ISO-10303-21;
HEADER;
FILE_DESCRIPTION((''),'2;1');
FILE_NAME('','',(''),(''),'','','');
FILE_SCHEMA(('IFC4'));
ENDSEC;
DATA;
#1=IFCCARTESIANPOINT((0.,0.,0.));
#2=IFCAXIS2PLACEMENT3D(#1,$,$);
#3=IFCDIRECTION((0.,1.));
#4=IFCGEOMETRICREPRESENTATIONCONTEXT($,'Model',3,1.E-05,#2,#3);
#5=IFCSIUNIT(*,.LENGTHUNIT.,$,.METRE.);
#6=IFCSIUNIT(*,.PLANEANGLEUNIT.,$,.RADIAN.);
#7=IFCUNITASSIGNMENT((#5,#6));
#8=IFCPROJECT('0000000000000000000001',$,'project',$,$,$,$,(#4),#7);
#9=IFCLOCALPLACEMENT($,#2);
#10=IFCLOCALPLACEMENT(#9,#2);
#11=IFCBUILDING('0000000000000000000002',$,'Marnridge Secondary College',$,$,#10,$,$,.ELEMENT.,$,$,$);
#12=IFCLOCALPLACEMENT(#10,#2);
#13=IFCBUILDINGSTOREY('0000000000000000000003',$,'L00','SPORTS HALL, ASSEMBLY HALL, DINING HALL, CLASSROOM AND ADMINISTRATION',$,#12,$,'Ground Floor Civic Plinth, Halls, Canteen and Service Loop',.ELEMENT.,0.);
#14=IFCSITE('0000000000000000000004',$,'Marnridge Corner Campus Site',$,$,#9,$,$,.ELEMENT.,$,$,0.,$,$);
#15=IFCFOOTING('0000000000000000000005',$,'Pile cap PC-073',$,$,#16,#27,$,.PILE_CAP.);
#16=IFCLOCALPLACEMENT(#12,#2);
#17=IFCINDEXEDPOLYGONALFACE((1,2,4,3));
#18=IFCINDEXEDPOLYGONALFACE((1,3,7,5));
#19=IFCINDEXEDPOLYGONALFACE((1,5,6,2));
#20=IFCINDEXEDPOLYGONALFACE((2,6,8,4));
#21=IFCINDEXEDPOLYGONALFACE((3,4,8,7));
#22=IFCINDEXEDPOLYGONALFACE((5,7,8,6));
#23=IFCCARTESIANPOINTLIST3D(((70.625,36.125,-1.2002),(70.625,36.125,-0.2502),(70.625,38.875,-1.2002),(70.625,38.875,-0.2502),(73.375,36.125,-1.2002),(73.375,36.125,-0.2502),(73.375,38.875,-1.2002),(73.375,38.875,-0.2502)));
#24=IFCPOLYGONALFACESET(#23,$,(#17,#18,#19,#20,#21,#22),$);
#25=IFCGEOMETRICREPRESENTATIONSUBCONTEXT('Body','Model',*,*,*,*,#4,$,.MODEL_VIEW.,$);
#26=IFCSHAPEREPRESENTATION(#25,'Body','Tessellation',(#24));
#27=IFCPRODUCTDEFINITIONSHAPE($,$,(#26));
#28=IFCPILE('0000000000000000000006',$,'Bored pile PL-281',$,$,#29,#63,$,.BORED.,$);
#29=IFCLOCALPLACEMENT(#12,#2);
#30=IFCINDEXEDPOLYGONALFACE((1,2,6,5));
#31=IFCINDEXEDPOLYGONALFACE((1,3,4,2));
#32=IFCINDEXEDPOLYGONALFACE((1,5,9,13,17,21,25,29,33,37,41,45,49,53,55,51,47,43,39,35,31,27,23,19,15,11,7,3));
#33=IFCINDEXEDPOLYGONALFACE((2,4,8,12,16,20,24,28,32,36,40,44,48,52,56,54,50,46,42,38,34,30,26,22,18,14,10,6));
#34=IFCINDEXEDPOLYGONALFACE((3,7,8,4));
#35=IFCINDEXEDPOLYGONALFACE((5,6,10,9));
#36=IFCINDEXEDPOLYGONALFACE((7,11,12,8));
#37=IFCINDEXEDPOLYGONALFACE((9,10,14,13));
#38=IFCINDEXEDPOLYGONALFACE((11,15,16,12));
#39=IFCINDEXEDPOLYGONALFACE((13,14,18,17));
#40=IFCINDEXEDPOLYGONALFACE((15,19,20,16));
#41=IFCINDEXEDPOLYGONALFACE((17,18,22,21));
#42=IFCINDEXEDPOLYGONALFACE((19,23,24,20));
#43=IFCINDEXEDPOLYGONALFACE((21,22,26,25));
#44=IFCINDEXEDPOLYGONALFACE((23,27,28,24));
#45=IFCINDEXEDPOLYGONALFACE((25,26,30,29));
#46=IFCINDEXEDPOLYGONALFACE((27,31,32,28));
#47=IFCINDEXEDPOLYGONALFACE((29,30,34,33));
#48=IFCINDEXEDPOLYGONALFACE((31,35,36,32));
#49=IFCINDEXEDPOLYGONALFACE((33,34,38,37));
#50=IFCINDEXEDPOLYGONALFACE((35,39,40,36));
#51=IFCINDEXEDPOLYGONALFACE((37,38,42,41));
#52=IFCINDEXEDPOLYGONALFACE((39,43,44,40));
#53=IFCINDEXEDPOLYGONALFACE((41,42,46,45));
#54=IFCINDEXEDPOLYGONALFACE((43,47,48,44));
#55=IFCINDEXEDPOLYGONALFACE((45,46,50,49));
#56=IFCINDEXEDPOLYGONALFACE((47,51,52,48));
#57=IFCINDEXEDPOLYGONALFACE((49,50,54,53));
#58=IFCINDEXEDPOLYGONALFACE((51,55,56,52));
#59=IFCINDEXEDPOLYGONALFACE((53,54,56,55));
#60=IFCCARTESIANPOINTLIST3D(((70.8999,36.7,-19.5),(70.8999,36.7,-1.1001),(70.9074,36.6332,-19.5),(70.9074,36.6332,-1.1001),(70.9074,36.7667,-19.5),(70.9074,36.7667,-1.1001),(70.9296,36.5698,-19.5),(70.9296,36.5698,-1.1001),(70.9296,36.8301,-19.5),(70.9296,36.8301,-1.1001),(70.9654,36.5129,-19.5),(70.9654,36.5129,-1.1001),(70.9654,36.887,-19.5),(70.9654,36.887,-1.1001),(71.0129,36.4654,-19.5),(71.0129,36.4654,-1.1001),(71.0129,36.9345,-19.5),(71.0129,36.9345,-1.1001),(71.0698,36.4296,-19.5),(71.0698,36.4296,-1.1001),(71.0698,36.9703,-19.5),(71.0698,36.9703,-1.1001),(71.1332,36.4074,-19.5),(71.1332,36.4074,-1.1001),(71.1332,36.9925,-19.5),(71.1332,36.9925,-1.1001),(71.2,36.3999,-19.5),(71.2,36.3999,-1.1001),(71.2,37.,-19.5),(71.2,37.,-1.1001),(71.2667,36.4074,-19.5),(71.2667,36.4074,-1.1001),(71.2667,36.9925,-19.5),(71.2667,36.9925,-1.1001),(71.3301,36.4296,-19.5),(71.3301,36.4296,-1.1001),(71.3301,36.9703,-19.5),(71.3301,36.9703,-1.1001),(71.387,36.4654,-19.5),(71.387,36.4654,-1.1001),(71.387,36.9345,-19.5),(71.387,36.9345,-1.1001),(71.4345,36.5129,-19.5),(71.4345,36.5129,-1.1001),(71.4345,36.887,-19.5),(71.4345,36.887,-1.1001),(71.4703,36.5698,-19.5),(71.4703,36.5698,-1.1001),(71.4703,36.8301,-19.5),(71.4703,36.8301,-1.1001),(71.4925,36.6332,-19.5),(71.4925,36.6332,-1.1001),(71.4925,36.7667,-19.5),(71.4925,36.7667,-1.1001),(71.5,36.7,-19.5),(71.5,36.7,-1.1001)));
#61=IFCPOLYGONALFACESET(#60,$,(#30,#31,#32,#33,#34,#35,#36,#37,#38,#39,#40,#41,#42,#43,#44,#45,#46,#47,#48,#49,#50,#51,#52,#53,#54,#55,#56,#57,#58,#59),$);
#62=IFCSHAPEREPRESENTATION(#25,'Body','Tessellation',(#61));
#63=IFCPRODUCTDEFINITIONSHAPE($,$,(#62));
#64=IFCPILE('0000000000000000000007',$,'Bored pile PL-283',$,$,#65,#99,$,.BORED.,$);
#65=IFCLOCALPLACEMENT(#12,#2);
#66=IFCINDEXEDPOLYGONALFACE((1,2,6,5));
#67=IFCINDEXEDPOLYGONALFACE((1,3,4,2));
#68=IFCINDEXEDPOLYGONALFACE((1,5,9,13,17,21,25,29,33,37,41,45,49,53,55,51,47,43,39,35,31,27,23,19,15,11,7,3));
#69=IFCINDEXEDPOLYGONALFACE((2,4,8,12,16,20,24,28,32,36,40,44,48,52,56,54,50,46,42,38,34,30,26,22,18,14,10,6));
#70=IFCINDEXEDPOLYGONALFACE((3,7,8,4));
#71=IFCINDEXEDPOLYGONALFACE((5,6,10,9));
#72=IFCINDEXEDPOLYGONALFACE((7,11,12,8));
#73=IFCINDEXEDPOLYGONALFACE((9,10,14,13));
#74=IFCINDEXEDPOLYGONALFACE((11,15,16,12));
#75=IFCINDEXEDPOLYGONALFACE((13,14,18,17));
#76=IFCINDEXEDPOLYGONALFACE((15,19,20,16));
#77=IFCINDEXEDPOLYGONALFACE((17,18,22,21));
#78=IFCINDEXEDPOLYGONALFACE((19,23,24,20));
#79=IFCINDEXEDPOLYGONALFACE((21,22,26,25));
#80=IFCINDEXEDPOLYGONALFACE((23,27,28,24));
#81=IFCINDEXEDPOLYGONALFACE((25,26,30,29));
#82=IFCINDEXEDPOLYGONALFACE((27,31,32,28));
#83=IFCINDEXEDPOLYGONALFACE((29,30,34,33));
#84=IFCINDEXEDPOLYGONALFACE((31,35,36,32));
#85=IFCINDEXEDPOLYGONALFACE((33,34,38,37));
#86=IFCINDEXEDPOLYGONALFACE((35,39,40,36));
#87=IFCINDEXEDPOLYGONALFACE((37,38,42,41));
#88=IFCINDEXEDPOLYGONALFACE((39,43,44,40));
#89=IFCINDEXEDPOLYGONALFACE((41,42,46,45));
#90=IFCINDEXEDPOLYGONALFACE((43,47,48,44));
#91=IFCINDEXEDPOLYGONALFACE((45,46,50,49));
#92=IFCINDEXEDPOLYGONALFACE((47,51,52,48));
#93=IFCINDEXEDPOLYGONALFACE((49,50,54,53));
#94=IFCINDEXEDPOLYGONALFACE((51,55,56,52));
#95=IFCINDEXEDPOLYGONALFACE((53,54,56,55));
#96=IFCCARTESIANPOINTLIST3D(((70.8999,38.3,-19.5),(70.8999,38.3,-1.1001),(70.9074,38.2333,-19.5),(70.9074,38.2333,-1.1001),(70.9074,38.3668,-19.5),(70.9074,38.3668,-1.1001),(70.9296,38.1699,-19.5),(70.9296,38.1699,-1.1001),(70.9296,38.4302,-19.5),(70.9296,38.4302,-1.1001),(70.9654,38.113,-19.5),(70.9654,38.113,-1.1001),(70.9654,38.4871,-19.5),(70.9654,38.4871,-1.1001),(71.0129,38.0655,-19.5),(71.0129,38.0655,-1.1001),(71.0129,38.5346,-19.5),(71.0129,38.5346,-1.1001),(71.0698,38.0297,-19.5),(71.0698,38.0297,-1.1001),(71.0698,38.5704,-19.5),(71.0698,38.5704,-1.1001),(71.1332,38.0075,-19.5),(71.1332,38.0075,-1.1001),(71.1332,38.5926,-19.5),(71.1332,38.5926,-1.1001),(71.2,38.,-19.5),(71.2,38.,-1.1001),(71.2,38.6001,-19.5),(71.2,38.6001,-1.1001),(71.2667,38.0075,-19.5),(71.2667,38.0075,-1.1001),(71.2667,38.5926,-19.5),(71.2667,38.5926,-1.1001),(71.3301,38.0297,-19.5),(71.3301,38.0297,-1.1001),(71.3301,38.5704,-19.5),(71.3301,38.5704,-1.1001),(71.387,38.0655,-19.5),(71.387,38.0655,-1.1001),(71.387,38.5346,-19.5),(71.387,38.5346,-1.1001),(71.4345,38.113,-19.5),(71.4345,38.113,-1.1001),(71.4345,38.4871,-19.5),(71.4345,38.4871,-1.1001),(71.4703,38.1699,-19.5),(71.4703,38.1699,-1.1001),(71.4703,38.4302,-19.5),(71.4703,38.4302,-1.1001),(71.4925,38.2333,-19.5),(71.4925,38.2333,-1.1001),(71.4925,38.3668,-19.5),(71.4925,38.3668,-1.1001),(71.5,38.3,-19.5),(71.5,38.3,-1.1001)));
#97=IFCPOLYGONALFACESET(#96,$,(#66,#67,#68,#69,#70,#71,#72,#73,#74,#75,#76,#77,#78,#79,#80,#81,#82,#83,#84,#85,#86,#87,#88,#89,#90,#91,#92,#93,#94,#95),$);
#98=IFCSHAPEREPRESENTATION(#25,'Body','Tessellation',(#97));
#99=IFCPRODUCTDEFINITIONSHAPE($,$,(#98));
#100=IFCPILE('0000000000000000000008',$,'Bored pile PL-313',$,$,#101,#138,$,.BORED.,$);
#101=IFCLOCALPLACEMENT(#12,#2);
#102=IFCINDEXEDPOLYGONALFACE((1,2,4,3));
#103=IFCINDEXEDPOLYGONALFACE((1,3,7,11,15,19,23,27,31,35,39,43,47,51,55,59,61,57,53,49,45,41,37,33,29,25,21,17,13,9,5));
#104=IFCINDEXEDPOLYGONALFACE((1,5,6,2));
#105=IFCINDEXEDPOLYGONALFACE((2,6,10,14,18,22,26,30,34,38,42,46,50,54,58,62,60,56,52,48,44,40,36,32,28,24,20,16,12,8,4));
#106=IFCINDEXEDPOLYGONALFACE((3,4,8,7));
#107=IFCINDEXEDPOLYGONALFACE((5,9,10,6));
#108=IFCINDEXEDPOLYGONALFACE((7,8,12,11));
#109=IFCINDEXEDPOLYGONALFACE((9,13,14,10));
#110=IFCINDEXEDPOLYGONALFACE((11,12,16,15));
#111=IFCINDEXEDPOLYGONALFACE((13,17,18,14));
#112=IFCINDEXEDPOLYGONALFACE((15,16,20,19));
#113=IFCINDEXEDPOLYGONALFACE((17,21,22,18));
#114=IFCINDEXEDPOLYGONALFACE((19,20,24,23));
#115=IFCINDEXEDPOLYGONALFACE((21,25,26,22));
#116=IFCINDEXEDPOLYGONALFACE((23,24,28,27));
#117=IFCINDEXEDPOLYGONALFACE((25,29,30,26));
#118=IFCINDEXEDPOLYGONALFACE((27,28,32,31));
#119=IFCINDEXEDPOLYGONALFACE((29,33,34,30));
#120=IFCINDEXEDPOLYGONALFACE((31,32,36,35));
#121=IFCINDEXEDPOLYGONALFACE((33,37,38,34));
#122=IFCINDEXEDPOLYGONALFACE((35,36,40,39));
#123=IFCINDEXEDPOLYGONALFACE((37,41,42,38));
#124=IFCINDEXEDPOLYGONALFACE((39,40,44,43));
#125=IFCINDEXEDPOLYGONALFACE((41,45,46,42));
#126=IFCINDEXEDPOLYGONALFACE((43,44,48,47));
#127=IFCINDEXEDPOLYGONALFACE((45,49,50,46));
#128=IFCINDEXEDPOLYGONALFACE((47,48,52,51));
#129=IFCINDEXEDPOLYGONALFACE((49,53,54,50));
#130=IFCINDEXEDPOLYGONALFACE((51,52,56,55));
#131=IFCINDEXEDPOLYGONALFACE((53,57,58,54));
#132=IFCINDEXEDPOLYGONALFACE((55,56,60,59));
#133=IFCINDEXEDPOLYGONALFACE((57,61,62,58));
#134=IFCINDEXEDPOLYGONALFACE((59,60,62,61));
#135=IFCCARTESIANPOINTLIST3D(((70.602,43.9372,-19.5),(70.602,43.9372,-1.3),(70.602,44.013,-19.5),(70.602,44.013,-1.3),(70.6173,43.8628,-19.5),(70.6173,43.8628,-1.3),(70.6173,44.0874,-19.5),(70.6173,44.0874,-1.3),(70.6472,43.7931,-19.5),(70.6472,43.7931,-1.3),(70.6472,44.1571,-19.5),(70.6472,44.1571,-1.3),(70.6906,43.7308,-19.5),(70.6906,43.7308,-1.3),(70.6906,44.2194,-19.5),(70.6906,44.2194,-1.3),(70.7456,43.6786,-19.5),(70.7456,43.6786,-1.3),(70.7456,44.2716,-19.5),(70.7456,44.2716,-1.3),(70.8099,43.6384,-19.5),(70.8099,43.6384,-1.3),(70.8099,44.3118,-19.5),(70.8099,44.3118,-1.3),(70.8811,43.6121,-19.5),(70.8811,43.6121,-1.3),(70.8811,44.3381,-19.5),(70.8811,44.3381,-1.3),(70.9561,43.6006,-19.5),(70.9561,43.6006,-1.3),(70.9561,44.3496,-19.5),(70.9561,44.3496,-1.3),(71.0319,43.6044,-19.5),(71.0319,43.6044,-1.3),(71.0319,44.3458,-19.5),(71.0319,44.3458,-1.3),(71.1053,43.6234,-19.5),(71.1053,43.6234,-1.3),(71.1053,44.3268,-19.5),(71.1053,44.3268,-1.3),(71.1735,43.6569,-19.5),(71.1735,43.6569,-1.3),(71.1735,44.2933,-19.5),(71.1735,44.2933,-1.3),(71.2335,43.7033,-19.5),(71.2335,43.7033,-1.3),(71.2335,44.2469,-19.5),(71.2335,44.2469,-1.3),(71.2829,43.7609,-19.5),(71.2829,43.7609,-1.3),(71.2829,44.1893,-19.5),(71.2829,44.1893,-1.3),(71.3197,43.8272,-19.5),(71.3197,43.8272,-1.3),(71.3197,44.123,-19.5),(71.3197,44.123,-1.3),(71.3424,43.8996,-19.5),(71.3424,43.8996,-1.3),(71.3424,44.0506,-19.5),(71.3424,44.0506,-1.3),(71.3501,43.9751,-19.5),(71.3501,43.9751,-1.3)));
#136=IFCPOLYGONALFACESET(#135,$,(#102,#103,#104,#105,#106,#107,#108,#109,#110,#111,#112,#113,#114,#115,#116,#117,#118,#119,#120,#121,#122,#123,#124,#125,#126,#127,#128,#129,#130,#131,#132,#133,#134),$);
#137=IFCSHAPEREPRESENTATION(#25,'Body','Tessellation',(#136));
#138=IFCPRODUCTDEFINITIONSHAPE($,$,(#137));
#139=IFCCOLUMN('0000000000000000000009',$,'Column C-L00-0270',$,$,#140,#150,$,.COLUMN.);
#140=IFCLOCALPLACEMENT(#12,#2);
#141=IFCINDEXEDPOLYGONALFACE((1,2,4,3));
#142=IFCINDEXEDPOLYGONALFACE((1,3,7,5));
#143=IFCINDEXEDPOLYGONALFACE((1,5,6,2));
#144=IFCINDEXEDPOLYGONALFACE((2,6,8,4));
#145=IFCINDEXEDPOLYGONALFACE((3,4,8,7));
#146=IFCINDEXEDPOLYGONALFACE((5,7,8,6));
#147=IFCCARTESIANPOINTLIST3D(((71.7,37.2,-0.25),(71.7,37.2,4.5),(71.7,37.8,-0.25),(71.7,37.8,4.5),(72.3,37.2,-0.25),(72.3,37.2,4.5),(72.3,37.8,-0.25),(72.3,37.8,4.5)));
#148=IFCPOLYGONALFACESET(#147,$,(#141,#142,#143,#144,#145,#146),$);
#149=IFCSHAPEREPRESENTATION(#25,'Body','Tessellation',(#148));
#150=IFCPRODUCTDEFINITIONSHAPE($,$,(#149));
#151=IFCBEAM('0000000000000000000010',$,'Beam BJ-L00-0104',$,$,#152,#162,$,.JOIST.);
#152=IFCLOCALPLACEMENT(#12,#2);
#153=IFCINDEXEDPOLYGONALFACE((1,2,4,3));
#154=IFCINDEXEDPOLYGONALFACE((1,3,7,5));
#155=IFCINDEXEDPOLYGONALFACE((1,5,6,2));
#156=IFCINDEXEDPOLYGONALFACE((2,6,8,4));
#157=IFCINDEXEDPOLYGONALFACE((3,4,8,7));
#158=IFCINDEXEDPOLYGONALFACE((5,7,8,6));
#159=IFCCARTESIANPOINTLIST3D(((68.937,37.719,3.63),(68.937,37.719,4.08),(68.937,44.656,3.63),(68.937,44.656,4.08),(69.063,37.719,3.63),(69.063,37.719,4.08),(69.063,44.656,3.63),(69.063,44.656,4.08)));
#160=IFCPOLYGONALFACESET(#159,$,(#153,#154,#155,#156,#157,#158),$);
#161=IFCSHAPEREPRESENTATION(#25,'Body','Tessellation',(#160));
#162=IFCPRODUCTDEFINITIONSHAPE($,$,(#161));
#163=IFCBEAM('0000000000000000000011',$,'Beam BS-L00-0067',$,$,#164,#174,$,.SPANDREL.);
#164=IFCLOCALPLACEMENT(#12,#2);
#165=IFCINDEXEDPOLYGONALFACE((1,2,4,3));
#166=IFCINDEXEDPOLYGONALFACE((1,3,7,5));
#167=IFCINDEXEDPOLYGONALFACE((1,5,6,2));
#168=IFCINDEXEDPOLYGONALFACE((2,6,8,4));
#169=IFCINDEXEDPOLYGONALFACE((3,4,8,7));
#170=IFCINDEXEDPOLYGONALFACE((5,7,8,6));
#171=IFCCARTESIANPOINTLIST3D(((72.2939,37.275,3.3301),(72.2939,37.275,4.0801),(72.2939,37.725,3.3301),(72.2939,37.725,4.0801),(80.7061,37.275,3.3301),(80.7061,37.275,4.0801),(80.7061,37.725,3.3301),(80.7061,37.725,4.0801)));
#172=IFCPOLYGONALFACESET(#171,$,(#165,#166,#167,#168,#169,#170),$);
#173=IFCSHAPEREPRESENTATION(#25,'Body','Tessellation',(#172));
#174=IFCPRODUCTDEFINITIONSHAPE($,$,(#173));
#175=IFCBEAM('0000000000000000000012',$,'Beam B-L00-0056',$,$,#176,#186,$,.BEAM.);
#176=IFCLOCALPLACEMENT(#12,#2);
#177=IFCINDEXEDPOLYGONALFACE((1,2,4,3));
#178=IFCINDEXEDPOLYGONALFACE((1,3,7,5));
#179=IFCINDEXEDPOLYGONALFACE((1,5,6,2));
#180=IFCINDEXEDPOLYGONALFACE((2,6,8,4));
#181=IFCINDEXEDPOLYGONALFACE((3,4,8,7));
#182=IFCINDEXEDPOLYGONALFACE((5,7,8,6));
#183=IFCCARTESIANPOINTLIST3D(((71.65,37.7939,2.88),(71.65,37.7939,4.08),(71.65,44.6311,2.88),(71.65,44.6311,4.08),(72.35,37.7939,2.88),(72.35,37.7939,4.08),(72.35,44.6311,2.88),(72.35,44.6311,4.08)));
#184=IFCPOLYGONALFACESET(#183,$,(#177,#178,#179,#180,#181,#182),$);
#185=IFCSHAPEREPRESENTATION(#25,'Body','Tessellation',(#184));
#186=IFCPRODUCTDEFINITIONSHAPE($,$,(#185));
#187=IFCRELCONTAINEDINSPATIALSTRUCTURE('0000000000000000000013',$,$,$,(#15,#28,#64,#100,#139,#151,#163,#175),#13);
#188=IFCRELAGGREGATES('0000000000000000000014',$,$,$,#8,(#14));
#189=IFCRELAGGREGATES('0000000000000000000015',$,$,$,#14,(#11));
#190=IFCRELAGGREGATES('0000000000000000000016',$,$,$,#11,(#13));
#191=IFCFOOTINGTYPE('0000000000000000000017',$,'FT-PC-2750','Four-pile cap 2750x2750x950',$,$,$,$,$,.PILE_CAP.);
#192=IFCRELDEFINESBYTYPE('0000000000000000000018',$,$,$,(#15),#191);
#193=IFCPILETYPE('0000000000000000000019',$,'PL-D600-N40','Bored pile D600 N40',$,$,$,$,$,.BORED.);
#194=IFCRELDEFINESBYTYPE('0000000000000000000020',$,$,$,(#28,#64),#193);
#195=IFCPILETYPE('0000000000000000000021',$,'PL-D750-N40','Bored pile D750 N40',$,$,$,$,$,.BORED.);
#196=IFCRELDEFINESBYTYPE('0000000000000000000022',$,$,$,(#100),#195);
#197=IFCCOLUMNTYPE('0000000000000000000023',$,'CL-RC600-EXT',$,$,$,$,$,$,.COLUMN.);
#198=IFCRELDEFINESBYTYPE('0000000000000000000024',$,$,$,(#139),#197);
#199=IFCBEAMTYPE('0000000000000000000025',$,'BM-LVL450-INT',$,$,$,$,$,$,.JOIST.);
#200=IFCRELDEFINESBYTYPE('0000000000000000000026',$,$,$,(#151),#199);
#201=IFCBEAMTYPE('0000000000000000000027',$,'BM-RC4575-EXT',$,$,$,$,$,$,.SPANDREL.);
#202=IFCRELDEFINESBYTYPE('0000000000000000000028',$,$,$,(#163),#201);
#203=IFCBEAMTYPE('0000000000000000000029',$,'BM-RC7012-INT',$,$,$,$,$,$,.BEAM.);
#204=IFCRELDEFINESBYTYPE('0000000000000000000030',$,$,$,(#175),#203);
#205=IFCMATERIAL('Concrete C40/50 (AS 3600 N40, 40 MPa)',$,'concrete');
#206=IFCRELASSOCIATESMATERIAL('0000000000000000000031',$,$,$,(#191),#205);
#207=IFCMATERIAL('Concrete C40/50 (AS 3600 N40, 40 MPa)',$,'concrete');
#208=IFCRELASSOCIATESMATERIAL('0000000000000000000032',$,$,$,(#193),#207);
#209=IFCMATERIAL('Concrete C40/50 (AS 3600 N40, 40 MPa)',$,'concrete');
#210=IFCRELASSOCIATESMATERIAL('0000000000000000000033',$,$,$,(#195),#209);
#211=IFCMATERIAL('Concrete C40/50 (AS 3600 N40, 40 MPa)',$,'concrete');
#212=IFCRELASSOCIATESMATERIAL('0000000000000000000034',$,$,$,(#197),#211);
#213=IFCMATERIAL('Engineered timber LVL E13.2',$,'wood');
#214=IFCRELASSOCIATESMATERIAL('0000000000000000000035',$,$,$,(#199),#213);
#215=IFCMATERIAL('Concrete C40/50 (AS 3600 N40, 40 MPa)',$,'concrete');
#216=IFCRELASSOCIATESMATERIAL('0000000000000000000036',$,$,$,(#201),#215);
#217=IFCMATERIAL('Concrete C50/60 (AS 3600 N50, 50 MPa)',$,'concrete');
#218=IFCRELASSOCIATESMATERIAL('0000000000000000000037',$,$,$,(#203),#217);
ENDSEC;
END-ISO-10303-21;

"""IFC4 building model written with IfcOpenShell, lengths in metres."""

from ifc_helpers import new_model, si_unit, direction, frame, origin, origin_2d, place, context, subcontext, project, spatial, rectangle, circle, extrude, material, material_profile, profile_set, type_object, element, save


model = new_model("IFC4")

# Units and contexts
model_context = context("Model", 3, precision=1e-05, world=origin(), true_north=direction((0.0, 1.0)))
body_context = subcontext(model_context, "Body", "Model", "MODEL_VIEW")
ifc_project = project(units=[si_unit("LENGTHUNIT", "METRE"), si_unit("PLANEANGLEUNIT", "RADIAN")], contexts=[model_context])

# Site, building, storey
site_placement = place(None, origin())
site = spatial("IfcSite", under=ifc_project, at=site_placement, Name="Marnridge Corner Campus Site", CompositionType="ELEMENT", RefElevation=0.0)
building_placement = place(site_placement, origin())
building = spatial("IfcBuilding", under=site, at=building_placement, Name="Marnridge Secondary College", CompositionType="ELEMENT")
storey_placement = place(building_placement, origin())
storey = spatial("IfcBuildingStorey", under=building, at=storey_placement, Name="L00", Description="SPORTS HALL, ASSEMBLY HALL, DINING HALL, CLASSROOM AND ADMINISTRATION", LongName="Ground Floor Civic Plinth, Halls, Canteen and Service Loop", CompositionType="ELEMENT", Elevation=0.0)

# Footing
ifc_material_1 = material(Name="Concrete C40/50 (AS 3600 N40, 40 MPa)", Category="concrete")
footing_type = type_object("IfcFootingType", Name="FT-PC-2750", Description="Four-pile cap 2750x2750x950", PredefinedType="PILE_CAP", material=ifc_material_1)
footing_placement = place(storey_placement, frame((72.0, 37.5, -1.2002), z_axis=(0.0, 0.0, 1.0), x_axis=(1.0, 0.0, 0.0)))
element("IfcFooting", 1, at=footing_placement, inside=storey, type_object=footing_type, Name="Pile cap PC-073", PredefinedType="PILE_CAP", context=body_context, shape_type="SweptSolid", body=[
    extrude(rectangle(XDim=2.75, YDim=2.75, at=origin_2d()), origin(), (0.0, 0.0, 1.0), 0.95),
])

# Piles
ifc_material_2 = material(Name="Concrete C40/50 (AS 3600 N40, 40 MPa)", Category="concrete")
ifc_material_profile_1 = material_profile(ifc_material_2, circle(Radius=0.3, at=origin_2d()), Name="PILE D600")
ifc_profile_set_1 = profile_set([ifc_material_profile_1], Name="Concrete C40/50 (AS 3600 N40, 40 MPa)")
pile_type_1 = type_object("IfcPileType", Name="PL-D600-N40", Description="Bored pile D600 N40", PredefinedType="BORED", material=ifc_profile_set_1)
for number, where, z_axis, x_axis, name in (
    (2, (71.2, 36.7, -1.1001), (0.0, 0.0, -1.0), (1.0, 0.0, 0.0), "Bored pile PL-281"),
    (3, (71.2, 38.3, -1.1001), (0.0, 0.0, -1.0), (1.0, 0.0, 0.0), "Bored pile PL-283"),
):
    element("IfcPile", number, at=place(storey_placement, frame(where, z_axis=z_axis, x_axis=x_axis)), inside=storey, type_object=pile_type_1, Name=name, PredefinedType="BORED", context=body_context, shape_type="SweptSolid", body=[
        extrude(circle(Radius=0.3, at=origin_2d()), origin(), (0.0, 0.0, 1.0), 18.3999),
    ])
ifc_material_3 = material(Name="Concrete C40/50 (AS 3600 N40, 40 MPa)", Category="concrete")
ifc_material_profile_2 = material_profile(ifc_material_3, circle(Radius=0.375, at=origin_2d()), Name="PILE D750")
ifc_profile_set_2 = profile_set([ifc_material_profile_2], Name="Concrete C40/50 (AS 3600 N40, 40 MPa)")
pile_type_2 = type_object("IfcPileType", Name="PL-D750-N40", Description="Bored pile D750 N40", PredefinedType="BORED", material=ifc_profile_set_2)
pile_placement = place(storey_placement, frame((70.9751, 43.9751, -1.3), z_axis=(0.0, 0.0, -1.0), x_axis=(1.0, 0.0, 0.0)))
element("IfcPile", 4, at=pile_placement, inside=storey, type_object=pile_type_2, Name="Bored pile PL-313", PredefinedType="BORED", context=body_context, shape_type="SweptSolid", body=[
    extrude(circle(Radius=0.375, at=origin_2d()), origin(), (0.0, 0.0, 1.0), 18.2),
])

# Column
ifc_material_4 = material(Name="Concrete C40/50 (AS 3600 N40, 40 MPa)", Category="concrete")
ifc_material_profile_3 = material_profile(ifc_material_4, rectangle(XDim=0.6001, YDim=0.6001, at=origin_2d()), Name="RC 600x600")
ifc_profile_set_3 = profile_set([ifc_material_profile_3], Name="Concrete C40/50 (AS 3600 N40, 40 MPa)")
column_type = type_object("IfcColumnType", Name="CL-RC600-EXT", PredefinedType="COLUMN", material=ifc_profile_set_3)
column_placement = place(storey_placement, frame((72.0, 37.5, -0.25), z_axis=(0.0, 0.0, 1.0), x_axis=(1.0, 0.0, 0.0)))
element("IfcColumn", 5, at=column_placement, inside=storey, type_object=column_type, Name="Column C-L00-0270", PredefinedType="COLUMN", context=body_context, shape_type="SweptSolid", body=[
    extrude(rectangle(XDim=0.6001, YDim=0.6001, at=origin_2d()), origin(), (0.0, 0.0, 1.0), 4.75),
])

# Beams
ifc_material_5 = material(Name="Engineered timber LVL E13.2", Category="wood")
ifc_material_profile_4 = material_profile(ifc_material_5, rectangle(XDim=0.126, YDim=0.45, at=origin_2d()), Name="LVL 126x450")
ifc_profile_set_4 = profile_set([ifc_material_profile_4], Name="Engineered timber LVL E13.2")
beam_type_1 = type_object("IfcBeamType", Name="BM-LVL450-INT", PredefinedType="JOIST", material=ifc_profile_set_4)
beam_1_placement = place(storey_placement, frame((69.0, 37.719, 3.855), z_axis=(0.0, 1.0, 0.0), x_axis=(-1.0, 0.0, 0.0)))
element("IfcBeam", 6, at=beam_1_placement, inside=storey, type_object=beam_type_1, Name="Beam BJ-L00-0104", PredefinedType="JOIST", context=body_context, shape_type="SweptSolid", body=[
    extrude(rectangle(XDim=0.126, YDim=0.45, at=origin_2d()), origin(), (0.0, 0.0, 1.0), 6.937),
])
ifc_material_6 = material(Name="Concrete C40/50 (AS 3600 N40, 40 MPa)", Category="concrete")
ifc_material_profile_5 = material_profile(ifc_material_6, rectangle(XDim=0.45, YDim=0.75, at=origin_2d()), Name="RC 450x750")
ifc_profile_set_5 = profile_set([ifc_material_profile_5], Name="Concrete C40/50 (AS 3600 N40, 40 MPa)")
beam_type_2 = type_object("IfcBeamType", Name="BM-RC4575-EXT", PredefinedType="SPANDREL", material=ifc_profile_set_5)
beam_2_placement = place(storey_placement, frame((72.2939, 37.5, 3.7051), z_axis=(1.0, 0.0, 0.0), x_axis=(0.0, 1.0, 0.0)))
element("IfcBeam", 7, at=beam_2_placement, inside=storey, type_object=beam_type_2, Name="Beam BS-L00-0067", PredefinedType="SPANDREL", context=body_context, shape_type="SweptSolid", body=[
    extrude(rectangle(XDim=0.45, YDim=0.75, at=origin_2d()), origin(), (0.0, 0.0, 1.0), 8.4121),
])
ifc_material_7 = material(Name="Concrete C50/60 (AS 3600 N50, 50 MPa)", Category="concrete")
ifc_material_profile_6 = material_profile(ifc_material_7, rectangle(XDim=0.7, YDim=1.2, at=origin_2d()), Name="RC 700x1200")
ifc_profile_set_6 = profile_set([ifc_material_profile_6], Name="Concrete C50/60 (AS 3600 N50, 50 MPa)")
beam_type_3 = type_object("IfcBeamType", Name="BM-RC7012-INT", PredefinedType="BEAM", material=ifc_profile_set_6)
beam_3_placement = place(storey_placement, frame((72.0, 37.7939, 3.48), z_axis=(0.0, 1.0, 0.0), x_axis=(-1.0, 0.0, 0.0)))
element("IfcBeam", 8, at=beam_3_placement, inside=storey, type_object=beam_type_3, Name="Beam B-L00-0056", PredefinedType="BEAM", context=body_context, shape_type="SweptSolid", body=[
    extrude(rectangle(XDim=0.7, YDim=1.2, at=origin_2d()), origin(), (0.0, 0.0, 1.0), 6.8372),
])

save(model, "model.ifc")
